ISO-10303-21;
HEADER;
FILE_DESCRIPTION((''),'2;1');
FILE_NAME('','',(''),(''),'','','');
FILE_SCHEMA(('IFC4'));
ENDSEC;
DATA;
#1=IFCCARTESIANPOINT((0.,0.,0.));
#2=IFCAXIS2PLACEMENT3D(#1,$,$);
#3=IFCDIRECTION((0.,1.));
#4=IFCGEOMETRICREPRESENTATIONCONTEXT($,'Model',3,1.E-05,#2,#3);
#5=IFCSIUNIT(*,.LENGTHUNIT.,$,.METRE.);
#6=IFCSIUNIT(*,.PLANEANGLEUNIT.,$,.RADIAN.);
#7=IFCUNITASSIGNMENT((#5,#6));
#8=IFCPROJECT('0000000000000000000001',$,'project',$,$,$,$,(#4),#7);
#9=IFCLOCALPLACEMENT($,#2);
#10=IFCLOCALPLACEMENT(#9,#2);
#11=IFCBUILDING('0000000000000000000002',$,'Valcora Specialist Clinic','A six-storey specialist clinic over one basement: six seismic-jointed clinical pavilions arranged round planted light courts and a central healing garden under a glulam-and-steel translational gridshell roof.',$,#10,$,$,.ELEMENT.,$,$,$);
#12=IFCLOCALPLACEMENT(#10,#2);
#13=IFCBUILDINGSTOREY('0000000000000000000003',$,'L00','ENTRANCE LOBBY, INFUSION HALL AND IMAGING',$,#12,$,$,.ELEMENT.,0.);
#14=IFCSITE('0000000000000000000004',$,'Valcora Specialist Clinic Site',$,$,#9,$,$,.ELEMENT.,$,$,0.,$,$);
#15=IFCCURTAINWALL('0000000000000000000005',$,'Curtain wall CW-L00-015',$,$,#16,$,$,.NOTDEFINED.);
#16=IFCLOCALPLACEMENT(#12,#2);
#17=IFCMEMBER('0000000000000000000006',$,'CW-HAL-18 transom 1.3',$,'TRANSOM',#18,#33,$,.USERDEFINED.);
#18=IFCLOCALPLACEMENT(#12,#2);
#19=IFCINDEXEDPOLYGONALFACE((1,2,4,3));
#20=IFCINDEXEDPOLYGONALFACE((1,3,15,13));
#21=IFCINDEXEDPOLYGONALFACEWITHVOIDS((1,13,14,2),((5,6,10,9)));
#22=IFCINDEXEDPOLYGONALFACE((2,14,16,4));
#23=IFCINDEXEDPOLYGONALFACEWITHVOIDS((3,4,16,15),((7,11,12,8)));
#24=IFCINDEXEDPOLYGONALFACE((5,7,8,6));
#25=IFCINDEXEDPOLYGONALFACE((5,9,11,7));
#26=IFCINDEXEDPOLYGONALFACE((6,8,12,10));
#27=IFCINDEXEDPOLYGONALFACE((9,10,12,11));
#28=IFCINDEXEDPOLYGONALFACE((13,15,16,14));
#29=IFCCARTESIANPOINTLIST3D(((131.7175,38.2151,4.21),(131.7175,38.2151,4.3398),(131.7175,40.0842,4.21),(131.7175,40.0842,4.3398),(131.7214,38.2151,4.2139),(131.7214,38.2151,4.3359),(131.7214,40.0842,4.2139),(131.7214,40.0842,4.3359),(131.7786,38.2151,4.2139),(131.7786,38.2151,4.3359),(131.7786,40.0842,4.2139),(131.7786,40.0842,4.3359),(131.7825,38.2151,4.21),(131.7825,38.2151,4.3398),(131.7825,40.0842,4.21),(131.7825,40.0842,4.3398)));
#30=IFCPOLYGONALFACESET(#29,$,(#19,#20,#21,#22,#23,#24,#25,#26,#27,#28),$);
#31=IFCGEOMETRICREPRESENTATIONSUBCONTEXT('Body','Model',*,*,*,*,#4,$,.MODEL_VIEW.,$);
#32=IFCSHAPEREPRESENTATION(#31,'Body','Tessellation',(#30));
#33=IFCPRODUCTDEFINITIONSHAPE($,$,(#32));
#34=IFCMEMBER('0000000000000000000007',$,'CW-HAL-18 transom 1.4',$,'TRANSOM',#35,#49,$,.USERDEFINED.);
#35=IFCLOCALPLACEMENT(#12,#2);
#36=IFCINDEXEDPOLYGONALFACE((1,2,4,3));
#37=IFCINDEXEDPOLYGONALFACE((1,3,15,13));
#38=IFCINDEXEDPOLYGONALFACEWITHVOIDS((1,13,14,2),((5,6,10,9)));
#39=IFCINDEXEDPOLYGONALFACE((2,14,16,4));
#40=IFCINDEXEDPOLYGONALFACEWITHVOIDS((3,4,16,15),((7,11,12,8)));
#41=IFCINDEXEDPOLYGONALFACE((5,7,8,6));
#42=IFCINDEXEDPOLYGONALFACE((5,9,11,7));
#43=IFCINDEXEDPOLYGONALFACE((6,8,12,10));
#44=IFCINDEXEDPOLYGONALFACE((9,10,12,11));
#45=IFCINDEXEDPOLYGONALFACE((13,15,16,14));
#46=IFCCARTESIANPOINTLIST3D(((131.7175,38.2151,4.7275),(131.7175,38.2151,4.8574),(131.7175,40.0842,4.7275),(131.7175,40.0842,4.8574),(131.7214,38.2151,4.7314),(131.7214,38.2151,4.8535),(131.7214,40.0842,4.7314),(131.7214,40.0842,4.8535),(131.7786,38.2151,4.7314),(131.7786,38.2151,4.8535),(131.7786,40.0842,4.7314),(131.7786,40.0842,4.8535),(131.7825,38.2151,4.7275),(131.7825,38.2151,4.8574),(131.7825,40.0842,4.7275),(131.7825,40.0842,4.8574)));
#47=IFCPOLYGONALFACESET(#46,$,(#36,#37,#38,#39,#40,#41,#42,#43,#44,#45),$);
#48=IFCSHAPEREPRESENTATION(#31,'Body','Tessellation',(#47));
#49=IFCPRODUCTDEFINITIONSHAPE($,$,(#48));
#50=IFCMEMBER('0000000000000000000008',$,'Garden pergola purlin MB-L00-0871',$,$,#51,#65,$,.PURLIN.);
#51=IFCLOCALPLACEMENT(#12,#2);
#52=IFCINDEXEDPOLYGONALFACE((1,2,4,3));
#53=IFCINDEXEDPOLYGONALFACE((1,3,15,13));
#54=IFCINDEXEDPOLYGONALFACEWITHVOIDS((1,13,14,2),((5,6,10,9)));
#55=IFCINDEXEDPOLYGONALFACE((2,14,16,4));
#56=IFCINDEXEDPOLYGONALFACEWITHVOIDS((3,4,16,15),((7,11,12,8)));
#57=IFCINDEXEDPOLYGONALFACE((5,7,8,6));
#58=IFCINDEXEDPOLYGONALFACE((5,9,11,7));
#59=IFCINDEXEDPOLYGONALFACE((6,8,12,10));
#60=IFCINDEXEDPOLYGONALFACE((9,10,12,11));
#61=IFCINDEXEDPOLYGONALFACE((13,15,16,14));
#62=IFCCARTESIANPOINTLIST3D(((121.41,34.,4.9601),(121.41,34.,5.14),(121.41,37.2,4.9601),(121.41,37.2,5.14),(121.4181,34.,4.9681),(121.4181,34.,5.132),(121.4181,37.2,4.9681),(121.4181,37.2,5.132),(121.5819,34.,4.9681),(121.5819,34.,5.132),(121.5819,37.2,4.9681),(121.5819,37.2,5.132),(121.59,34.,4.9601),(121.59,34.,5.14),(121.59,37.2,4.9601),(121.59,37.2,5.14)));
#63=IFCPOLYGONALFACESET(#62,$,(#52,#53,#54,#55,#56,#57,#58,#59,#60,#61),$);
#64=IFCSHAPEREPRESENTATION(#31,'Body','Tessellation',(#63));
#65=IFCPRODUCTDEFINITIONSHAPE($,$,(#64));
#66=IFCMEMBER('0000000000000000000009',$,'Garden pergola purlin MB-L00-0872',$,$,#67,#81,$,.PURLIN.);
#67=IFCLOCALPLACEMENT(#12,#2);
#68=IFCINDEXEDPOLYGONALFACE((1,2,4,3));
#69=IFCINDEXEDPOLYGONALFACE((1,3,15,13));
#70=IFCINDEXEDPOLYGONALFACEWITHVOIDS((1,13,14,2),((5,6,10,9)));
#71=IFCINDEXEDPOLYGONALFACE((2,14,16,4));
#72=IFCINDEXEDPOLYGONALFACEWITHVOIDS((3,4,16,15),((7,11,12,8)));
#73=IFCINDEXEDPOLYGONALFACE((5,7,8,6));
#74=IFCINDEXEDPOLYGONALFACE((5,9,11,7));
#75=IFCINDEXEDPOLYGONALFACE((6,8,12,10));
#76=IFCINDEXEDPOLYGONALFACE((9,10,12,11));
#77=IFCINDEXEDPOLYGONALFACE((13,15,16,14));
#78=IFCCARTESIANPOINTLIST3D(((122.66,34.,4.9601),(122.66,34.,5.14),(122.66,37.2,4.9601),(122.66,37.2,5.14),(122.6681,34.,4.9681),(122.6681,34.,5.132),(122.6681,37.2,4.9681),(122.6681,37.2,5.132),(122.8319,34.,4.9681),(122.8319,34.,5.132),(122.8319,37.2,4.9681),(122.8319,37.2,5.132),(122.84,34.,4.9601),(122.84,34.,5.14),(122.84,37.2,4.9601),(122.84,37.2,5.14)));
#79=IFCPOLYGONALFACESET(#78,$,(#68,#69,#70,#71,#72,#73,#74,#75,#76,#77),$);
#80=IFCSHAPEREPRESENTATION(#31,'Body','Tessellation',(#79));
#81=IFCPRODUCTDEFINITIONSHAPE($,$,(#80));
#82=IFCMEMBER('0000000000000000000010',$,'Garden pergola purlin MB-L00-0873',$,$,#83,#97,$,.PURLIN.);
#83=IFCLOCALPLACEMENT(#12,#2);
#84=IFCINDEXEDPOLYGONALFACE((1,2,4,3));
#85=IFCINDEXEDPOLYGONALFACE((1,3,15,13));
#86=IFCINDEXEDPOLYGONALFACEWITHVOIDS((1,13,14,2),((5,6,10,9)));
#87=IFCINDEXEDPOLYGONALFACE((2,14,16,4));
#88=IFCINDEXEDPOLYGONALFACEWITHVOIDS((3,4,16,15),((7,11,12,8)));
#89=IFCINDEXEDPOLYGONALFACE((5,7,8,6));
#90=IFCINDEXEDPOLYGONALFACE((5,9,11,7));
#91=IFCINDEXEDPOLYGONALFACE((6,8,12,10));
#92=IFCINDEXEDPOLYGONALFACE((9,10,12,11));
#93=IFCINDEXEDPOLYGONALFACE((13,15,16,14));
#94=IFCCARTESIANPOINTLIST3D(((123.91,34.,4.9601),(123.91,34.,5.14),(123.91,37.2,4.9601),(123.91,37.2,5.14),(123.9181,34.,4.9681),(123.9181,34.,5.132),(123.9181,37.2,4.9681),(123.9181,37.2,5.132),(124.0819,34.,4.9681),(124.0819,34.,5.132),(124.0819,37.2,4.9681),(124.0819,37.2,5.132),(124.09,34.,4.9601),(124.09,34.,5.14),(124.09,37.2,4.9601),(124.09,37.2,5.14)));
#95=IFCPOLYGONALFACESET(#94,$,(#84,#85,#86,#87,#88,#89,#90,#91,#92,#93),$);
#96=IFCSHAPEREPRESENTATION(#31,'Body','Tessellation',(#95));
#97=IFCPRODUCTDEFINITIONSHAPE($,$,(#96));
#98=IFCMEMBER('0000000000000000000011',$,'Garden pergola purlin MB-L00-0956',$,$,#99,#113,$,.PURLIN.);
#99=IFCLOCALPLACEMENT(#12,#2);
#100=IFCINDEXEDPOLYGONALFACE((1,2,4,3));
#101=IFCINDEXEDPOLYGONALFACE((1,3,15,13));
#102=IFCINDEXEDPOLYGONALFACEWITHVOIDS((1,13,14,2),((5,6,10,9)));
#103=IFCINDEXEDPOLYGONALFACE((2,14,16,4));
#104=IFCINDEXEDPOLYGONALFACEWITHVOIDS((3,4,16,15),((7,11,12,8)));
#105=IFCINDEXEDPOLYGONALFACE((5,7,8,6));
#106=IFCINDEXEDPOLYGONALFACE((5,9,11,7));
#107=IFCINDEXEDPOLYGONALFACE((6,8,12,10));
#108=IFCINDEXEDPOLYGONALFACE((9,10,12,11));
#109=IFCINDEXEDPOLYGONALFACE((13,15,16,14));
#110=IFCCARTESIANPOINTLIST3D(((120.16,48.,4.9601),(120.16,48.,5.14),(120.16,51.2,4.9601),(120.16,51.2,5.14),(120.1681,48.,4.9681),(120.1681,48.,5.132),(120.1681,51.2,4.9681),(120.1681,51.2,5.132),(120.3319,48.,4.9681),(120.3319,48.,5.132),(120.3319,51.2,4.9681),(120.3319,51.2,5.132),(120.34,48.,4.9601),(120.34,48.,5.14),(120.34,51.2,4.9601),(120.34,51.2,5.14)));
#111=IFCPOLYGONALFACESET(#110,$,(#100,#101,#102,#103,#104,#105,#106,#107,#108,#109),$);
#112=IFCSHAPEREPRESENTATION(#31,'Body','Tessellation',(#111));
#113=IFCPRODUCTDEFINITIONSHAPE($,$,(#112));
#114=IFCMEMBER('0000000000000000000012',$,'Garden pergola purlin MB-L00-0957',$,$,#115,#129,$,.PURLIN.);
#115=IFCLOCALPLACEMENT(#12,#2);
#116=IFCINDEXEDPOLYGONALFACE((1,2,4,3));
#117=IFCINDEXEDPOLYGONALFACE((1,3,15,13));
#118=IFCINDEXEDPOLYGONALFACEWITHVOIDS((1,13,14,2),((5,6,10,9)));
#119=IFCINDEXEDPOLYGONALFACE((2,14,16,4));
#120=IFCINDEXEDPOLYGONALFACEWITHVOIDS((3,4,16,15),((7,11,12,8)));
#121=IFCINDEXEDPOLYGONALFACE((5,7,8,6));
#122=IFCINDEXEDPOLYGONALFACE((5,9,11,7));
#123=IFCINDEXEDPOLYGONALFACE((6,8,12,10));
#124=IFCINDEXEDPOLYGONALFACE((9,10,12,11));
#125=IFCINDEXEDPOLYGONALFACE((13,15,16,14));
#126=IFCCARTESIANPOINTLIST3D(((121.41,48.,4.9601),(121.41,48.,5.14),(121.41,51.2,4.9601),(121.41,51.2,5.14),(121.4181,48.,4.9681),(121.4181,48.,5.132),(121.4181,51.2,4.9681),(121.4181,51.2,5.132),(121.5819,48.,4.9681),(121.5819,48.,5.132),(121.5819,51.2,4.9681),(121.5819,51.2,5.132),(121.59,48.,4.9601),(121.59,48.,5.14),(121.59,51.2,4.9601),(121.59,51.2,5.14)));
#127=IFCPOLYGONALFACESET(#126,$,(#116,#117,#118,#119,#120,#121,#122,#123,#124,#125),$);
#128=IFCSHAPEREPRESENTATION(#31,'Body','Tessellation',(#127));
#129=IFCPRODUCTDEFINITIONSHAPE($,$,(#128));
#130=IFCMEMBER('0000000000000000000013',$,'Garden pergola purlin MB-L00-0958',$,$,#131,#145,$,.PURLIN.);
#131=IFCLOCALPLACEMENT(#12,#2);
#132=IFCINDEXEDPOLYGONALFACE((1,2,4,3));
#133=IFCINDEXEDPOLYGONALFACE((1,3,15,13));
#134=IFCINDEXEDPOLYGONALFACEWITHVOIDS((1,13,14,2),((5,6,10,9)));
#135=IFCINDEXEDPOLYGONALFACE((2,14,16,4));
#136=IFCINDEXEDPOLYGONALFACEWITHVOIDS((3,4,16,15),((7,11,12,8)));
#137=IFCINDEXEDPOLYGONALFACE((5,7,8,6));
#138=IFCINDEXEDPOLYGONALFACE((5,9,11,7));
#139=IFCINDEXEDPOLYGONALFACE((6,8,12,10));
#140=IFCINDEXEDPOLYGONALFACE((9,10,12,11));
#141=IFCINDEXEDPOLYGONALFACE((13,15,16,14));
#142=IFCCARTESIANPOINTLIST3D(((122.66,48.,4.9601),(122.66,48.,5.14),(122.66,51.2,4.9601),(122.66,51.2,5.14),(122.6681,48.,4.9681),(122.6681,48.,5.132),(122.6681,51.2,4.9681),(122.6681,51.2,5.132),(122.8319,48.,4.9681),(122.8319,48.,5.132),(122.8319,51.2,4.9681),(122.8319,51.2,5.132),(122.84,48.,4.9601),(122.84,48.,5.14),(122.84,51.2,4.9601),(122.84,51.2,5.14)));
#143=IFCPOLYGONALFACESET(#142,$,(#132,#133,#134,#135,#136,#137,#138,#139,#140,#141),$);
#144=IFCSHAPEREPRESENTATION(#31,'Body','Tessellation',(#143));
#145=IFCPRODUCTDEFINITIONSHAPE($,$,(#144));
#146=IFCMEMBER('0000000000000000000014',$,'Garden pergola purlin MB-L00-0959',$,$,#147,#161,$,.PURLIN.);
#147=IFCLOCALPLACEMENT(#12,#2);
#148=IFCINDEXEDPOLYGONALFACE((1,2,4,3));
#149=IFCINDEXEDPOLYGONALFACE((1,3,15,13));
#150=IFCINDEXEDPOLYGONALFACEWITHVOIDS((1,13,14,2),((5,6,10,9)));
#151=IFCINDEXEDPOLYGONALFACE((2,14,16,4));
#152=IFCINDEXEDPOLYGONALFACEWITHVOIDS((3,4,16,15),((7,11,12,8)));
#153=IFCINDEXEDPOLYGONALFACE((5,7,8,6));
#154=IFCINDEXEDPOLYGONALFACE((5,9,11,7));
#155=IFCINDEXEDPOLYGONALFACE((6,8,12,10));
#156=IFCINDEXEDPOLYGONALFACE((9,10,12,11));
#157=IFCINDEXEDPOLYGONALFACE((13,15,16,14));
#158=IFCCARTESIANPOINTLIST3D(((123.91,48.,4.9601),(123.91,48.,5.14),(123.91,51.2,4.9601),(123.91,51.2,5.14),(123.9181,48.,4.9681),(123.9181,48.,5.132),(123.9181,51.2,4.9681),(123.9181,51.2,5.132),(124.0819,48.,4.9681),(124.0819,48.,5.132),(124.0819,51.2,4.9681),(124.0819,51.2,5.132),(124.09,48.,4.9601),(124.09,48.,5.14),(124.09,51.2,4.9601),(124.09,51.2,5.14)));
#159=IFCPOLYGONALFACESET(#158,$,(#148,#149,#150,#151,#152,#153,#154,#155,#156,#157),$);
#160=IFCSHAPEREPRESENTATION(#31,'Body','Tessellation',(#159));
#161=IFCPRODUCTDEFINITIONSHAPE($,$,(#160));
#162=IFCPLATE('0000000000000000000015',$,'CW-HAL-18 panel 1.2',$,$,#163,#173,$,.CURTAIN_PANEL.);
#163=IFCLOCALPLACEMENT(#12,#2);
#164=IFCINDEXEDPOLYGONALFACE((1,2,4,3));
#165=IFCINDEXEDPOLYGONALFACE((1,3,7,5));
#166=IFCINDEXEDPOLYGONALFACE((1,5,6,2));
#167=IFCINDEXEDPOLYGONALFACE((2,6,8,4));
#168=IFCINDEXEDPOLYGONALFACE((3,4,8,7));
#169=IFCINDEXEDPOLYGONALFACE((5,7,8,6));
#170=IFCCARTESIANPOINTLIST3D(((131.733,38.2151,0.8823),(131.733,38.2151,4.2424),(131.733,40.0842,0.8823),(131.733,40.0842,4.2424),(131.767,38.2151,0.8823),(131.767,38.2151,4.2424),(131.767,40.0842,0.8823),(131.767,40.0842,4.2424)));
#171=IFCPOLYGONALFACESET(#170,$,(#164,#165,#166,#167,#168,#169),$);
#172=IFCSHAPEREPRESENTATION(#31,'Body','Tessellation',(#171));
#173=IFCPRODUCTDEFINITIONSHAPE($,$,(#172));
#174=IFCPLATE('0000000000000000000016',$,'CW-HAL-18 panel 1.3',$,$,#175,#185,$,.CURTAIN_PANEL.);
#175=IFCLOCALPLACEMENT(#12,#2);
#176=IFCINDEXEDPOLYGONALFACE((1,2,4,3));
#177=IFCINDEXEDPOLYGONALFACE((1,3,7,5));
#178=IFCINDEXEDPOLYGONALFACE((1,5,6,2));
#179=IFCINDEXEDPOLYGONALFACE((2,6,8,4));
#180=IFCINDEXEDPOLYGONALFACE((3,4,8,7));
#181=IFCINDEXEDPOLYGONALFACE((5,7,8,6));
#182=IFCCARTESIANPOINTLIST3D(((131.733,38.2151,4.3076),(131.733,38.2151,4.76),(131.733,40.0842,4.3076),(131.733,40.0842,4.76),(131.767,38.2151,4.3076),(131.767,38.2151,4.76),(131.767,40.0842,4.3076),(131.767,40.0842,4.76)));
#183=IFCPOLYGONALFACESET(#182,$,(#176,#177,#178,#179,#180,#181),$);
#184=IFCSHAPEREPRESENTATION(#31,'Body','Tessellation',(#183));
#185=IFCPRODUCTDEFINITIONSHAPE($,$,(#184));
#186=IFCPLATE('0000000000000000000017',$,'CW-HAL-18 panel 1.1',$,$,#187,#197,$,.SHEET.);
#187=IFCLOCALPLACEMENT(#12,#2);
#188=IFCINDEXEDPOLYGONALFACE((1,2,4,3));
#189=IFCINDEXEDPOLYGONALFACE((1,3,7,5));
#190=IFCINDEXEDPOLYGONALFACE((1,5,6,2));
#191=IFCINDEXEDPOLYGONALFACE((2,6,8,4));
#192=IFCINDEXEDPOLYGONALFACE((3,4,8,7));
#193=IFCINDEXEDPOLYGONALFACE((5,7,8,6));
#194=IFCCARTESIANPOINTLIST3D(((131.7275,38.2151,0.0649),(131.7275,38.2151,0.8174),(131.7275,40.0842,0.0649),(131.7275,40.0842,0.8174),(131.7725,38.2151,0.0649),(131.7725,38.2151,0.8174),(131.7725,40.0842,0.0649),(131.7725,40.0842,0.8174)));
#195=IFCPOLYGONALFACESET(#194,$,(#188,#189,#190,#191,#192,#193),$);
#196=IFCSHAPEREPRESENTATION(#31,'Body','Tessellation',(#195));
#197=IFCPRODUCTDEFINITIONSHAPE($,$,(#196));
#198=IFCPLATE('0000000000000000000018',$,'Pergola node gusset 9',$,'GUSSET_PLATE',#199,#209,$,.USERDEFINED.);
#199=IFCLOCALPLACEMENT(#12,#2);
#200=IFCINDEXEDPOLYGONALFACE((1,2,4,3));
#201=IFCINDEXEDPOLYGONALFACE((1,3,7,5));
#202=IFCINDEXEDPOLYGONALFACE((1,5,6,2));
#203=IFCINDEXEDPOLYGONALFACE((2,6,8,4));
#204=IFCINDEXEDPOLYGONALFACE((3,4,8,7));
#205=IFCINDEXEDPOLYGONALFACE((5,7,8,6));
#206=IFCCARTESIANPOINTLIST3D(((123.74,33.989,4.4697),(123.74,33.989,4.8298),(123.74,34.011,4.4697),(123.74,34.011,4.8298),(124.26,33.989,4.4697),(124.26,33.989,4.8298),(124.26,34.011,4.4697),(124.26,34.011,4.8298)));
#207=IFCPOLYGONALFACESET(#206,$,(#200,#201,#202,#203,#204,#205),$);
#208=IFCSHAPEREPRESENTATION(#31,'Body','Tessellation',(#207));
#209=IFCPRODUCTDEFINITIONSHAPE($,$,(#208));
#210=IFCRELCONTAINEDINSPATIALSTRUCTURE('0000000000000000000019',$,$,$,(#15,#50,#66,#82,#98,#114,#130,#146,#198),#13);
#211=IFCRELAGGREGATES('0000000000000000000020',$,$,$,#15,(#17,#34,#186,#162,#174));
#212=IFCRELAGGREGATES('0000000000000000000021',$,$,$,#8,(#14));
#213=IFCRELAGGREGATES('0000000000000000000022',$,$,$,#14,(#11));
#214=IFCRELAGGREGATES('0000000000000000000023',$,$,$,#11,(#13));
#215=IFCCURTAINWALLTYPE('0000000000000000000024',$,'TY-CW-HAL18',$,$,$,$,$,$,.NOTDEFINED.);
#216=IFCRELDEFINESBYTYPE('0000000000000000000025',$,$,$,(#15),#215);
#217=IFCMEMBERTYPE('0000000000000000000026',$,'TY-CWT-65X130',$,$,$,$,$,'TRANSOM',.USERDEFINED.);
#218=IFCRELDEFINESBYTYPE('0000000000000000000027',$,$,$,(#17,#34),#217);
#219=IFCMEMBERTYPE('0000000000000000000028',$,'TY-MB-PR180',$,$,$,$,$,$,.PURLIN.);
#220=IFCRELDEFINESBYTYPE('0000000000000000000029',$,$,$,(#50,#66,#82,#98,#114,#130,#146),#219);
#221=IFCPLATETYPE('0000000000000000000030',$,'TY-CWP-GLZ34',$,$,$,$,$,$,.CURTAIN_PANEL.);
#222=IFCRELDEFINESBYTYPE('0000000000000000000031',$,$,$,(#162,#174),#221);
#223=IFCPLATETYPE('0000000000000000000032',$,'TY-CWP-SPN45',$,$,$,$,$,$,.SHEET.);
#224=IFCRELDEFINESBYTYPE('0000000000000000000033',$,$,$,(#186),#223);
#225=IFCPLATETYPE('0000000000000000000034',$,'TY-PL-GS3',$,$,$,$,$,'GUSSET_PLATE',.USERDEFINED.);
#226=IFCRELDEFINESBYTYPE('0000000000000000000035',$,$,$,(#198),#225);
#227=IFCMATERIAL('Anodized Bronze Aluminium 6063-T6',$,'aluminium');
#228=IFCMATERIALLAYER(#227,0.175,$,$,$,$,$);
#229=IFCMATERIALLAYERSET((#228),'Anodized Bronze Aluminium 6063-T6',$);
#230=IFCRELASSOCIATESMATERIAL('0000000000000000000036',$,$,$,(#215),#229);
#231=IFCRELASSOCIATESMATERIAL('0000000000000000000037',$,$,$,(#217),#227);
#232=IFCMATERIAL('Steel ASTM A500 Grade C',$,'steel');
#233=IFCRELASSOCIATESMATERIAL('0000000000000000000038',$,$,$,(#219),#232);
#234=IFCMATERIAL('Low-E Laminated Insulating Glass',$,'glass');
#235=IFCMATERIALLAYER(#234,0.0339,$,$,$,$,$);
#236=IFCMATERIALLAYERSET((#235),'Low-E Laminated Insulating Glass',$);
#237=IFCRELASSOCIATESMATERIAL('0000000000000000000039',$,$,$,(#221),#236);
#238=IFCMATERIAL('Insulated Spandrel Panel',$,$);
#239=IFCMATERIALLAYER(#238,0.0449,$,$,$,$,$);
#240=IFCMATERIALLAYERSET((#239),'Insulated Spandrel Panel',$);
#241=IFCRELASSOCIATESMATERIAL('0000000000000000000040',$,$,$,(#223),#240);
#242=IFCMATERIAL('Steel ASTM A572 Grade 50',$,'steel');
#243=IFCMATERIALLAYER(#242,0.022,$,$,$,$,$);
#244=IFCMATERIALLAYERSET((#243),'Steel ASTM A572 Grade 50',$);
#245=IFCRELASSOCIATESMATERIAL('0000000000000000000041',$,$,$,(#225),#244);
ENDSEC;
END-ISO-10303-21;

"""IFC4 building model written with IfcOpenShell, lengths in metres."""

from ifc_helpers import new_model, si_unit, direction, frame, origin, origin_2d, place, context, subcontext, project, spatial, rectangle, hollow_rectangle, extrude, material, layer, layer_set, material_profile, profile_set, type_object, element, aggregate, save


model = new_model("IFC4")

# Units and contexts
model_context = context("Model", 3, precision=1e-05, world=origin(), true_north=direction((0.0, 1.0)))
body_context = subcontext(model_context, "Body", "Model", "MODEL_VIEW")
ifc_project = project(units=[si_unit("LENGTHUNIT", "METRE"), si_unit("PLANEANGLEUNIT", "RADIAN")], contexts=[model_context])

# Site, building, storey
site_placement = place(None, origin())
site = spatial("IfcSite", under=ifc_project, at=site_placement, Name="Valcora Specialist Clinic Site", CompositionType="ELEMENT", RefElevation=0.0)
building_placement = place(site_placement, origin())
building = spatial("IfcBuilding", under=site, at=building_placement, Name="Valcora Specialist Clinic", Description="A six-storey specialist clinic over one basement: six seismic-jointed clinical pavilions arranged round planted light courts and a central healing garden under a glulam-and-steel translational gridshell roof.", CompositionType="ELEMENT")
storey_placement = place(building_placement, origin())
storey = spatial("IfcBuildingStorey", under=building, at=storey_placement, Name="L00", Description="ENTRANCE LOBBY, INFUSION HALL AND IMAGING", CompositionType="ELEMENT", Elevation=0.0)

# Curtain wall, members
ifc_material_1 = material(Name="Anodized Bronze Aluminium 6063-T6", Category="aluminium")
ifc_layer_1 = layer(ifc_material_1, 0.175)
ifc_layer_set_1 = layer_set([ifc_layer_1], Name="Anodized Bronze Aluminium 6063-T6")
curtain_wall_type = type_object("IfcCurtainWallType", Name="TY-CW-HAL18", PredefinedType="NOTDEFINED", material=ifc_layer_set_1)
curtain_wall_placement = place(storey_placement, origin())
curtain_wall = element("IfcCurtainWall", 1, at=curtain_wall_placement, inside=storey, type_object=curtain_wall_type, Name="Curtain wall CW-L00-015", PredefinedType="NOTDEFINED")
ifc_material_profile_1 = material_profile(ifc_material_1, hollow_rectangle(XDim=0.0649, YDim=0.1299, WallThickness=0.0039, at=origin_2d()), Name="AL-TRN-65X130")
ifc_profile_set_1 = profile_set([ifc_material_profile_1], Name="Anodized Bronze Aluminium 6063-T6")
member_type_1 = type_object("IfcMemberType", Name="TY-CWT-65X130", ElementType="TRANSOM", PredefinedType="USERDEFINED", material=ifc_profile_set_1)
member_1_placement = place(storey_placement, frame((131.75, 38.2151, 4.2749), z_axis=(0.0, 1.0, 0.0), x_axis=(-1.0, 0.0, 0.0)))
member_1 = element("IfcMember", 2, at=member_1_placement, type_object=member_type_1, Name="CW-HAL-18 transom 1.3", ObjectType="TRANSOM", PredefinedType="USERDEFINED", context=body_context, shape_type="SweptSolid", body=[
    extrude(hollow_rectangle(XDim=0.0649, YDim=0.1299, WallThickness=0.0039, at=origin_2d()), origin(), (0.0, 0.0, 1.0), 1.8691),
])
member_2_placement = place(storey_placement, frame((131.75, 38.2151, 4.7925), z_axis=(0.0, 1.0, 0.0), x_axis=(-1.0, 0.0, 0.0)))
member_2 = element("IfcMember", 3, at=member_2_placement, type_object=member_type_1, Name="CW-HAL-18 transom 1.4", ObjectType="TRANSOM", PredefinedType="USERDEFINED", context=body_context, shape_type="SweptSolid", body=[
    extrude(hollow_rectangle(XDim=0.0649, YDim=0.1299, WallThickness=0.0039, at=origin_2d()), origin(), (0.0, 0.0, 1.0), 1.8691),
])

# Members
ifc_material_2 = material(Name="Steel ASTM A500 Grade C", Category="steel")
ifc_material_profile_2 = material_profile(ifc_material_2, hollow_rectangle(XDim=0.1799, YDim=0.1799, WallThickness=0.0081, at=origin_2d()), Name="ST-RHS-180X180X8")
ifc_profile_set_2 = profile_set([ifc_material_profile_2], Name="Steel ASTM A500 Grade C")
member_type_2 = type_object("IfcMemberType", Name="TY-MB-PR180", PredefinedType="PURLIN", material=ifc_profile_set_2)
for number, where, z_axis, x_axis, name in (
    (4, (121.5, 34.0, 5.05), (0.0, 1.0, 0.0), (-1.0, 0.0, 0.0), "Garden pergola purlin MB-L00-0871"),
    (5, (122.75, 34.0, 5.05), (0.0, 1.0, 0.0), (-1.0, 0.0, 0.0), "Garden pergola purlin MB-L00-0872"),
    (6, (124.0, 34.0, 5.05), (0.0, 1.0, 0.0), (-1.0, 0.0, 0.0), "Garden pergola purlin MB-L00-0873"),
    (7, (120.25, 48.0, 5.05), (0.0, 1.0, 0.0), (-1.0, 0.0, 0.0), "Garden pergola purlin MB-L00-0956"),
    (8, (121.5, 48.0, 5.05), (0.0, 1.0, 0.0), (-1.0, 0.0, 0.0), "Garden pergola purlin MB-L00-0957"),
    (9, (122.75, 48.0, 5.05), (0.0, 1.0, 0.0), (-1.0, 0.0, 0.0), "Garden pergola purlin MB-L00-0958"),
    (10, (124.0, 48.0, 5.05), (0.0, 1.0, 0.0), (-1.0, 0.0, 0.0), "Garden pergola purlin MB-L00-0959"),
):
    element("IfcMember", number, at=place(storey_placement, frame(where, z_axis=z_axis, x_axis=x_axis)), inside=storey, type_object=member_type_2, Name=name, PredefinedType="PURLIN", context=body_context, shape_type="SweptSolid", body=[
        extrude(hollow_rectangle(XDim=0.1799, YDim=0.1799, WallThickness=0.0081, at=origin_2d()), origin(), (0.0, 0.0, 1.0), 3.2),
    ])

# Plates
ifc_material_3 = material(Name="Low-E Laminated Insulating Glass", Category="glass")
ifc_layer_2 = layer(ifc_material_3, 0.0339)
ifc_layer_set_2 = layer_set([ifc_layer_2], Name="Low-E Laminated Insulating Glass")
plate_type_1 = type_object("IfcPlateType", Name="TY-CWP-GLZ34", PredefinedType="CURTAIN_PANEL", material=ifc_layer_set_2)
plate_1_placement = place(storey_placement, frame((131.75, 39.1497, 0.8823), z_axis=(0.0, 0.0, 1.0), x_axis=(0.0, 1.0, 0.0)))
plate_1 = element("IfcPlate", 11, at=plate_1_placement, type_object=plate_type_1, Name="CW-HAL-18 panel 1.2", PredefinedType="CURTAIN_PANEL", context=body_context, shape_type="SweptSolid", body=[
    extrude(rectangle(XDim=1.8691, YDim=0.0339, at=origin_2d()), origin(), (0.0, 0.0, 1.0), 3.3601),
])
plate_2_placement = place(storey_placement, frame((131.75, 39.1497, 4.3076), z_axis=(0.0, 0.0, 1.0), x_axis=(0.0, 1.0, 0.0)))
plate_2 = element("IfcPlate", 12, at=plate_2_placement, type_object=plate_type_1, Name="CW-HAL-18 panel 1.3", PredefinedType="CURTAIN_PANEL", context=body_context, shape_type="SweptSolid", body=[
    extrude(rectangle(XDim=1.8691, YDim=0.0339, at=origin_2d()), origin(), (0.0, 0.0, 1.0), 0.4524),
])
ifc_material_4 = material(Name="Insulated Spandrel Panel")
ifc_layer_3 = layer(ifc_material_4, 0.0449)
ifc_layer_set_3 = layer_set([ifc_layer_3], Name="Insulated Spandrel Panel")
plate_type_2 = type_object("IfcPlateType", Name="TY-CWP-SPN45", PredefinedType="SHEET", material=ifc_layer_set_3)
plate_3_placement = place(storey_placement, frame((131.75, 39.1497, 0.0649), z_axis=(0.0, 0.0, 1.0), x_axis=(0.0, 1.0, 0.0)))
plate_3 = element("IfcPlate", 13, at=plate_3_placement, type_object=plate_type_2, Name="CW-HAL-18 panel 1.1", PredefinedType="SHEET", context=body_context, shape_type="SweptSolid", body=[
    extrude(rectangle(XDim=1.8691, YDim=0.0449, at=origin_2d()), origin(), (0.0, 0.0, 1.0), 0.7524),
])
aggregate(curtain_wall, [member_1, member_2, plate_3, plate_1, plate_2])
ifc_material_5 = material(Name="Steel ASTM A572 Grade 50", Category="steel")
ifc_layer_4 = layer(ifc_material_5, 0.022)
ifc_layer_set_4 = layer_set([ifc_layer_4], Name="Steel ASTM A572 Grade 50")
plate_type_3 = type_object("IfcPlateType", Name="TY-PL-GS3", ElementType="GUSSET_PLATE", PredefinedType="USERDEFINED", material=ifc_layer_set_4)
plate_4_placement = place(storey_placement, frame((124.0, 34.0, 4.4697), z_axis=(0.0, 0.0, 1.0), x_axis=(1.0, 0.0, 0.0)))
element("IfcPlate", 14, at=plate_4_placement, inside=storey, type_object=plate_type_3, Name="Pergola node gusset 9", ObjectType="GUSSET_PLATE", PredefinedType="USERDEFINED", context=body_context, shape_type="SweptSolid", body=[
    extrude(rectangle(XDim=0.52, YDim=0.022, at=origin_2d()), origin(), (0.0, 0.0, 1.0), 0.3601),
])

save(model, "model.ifc")
